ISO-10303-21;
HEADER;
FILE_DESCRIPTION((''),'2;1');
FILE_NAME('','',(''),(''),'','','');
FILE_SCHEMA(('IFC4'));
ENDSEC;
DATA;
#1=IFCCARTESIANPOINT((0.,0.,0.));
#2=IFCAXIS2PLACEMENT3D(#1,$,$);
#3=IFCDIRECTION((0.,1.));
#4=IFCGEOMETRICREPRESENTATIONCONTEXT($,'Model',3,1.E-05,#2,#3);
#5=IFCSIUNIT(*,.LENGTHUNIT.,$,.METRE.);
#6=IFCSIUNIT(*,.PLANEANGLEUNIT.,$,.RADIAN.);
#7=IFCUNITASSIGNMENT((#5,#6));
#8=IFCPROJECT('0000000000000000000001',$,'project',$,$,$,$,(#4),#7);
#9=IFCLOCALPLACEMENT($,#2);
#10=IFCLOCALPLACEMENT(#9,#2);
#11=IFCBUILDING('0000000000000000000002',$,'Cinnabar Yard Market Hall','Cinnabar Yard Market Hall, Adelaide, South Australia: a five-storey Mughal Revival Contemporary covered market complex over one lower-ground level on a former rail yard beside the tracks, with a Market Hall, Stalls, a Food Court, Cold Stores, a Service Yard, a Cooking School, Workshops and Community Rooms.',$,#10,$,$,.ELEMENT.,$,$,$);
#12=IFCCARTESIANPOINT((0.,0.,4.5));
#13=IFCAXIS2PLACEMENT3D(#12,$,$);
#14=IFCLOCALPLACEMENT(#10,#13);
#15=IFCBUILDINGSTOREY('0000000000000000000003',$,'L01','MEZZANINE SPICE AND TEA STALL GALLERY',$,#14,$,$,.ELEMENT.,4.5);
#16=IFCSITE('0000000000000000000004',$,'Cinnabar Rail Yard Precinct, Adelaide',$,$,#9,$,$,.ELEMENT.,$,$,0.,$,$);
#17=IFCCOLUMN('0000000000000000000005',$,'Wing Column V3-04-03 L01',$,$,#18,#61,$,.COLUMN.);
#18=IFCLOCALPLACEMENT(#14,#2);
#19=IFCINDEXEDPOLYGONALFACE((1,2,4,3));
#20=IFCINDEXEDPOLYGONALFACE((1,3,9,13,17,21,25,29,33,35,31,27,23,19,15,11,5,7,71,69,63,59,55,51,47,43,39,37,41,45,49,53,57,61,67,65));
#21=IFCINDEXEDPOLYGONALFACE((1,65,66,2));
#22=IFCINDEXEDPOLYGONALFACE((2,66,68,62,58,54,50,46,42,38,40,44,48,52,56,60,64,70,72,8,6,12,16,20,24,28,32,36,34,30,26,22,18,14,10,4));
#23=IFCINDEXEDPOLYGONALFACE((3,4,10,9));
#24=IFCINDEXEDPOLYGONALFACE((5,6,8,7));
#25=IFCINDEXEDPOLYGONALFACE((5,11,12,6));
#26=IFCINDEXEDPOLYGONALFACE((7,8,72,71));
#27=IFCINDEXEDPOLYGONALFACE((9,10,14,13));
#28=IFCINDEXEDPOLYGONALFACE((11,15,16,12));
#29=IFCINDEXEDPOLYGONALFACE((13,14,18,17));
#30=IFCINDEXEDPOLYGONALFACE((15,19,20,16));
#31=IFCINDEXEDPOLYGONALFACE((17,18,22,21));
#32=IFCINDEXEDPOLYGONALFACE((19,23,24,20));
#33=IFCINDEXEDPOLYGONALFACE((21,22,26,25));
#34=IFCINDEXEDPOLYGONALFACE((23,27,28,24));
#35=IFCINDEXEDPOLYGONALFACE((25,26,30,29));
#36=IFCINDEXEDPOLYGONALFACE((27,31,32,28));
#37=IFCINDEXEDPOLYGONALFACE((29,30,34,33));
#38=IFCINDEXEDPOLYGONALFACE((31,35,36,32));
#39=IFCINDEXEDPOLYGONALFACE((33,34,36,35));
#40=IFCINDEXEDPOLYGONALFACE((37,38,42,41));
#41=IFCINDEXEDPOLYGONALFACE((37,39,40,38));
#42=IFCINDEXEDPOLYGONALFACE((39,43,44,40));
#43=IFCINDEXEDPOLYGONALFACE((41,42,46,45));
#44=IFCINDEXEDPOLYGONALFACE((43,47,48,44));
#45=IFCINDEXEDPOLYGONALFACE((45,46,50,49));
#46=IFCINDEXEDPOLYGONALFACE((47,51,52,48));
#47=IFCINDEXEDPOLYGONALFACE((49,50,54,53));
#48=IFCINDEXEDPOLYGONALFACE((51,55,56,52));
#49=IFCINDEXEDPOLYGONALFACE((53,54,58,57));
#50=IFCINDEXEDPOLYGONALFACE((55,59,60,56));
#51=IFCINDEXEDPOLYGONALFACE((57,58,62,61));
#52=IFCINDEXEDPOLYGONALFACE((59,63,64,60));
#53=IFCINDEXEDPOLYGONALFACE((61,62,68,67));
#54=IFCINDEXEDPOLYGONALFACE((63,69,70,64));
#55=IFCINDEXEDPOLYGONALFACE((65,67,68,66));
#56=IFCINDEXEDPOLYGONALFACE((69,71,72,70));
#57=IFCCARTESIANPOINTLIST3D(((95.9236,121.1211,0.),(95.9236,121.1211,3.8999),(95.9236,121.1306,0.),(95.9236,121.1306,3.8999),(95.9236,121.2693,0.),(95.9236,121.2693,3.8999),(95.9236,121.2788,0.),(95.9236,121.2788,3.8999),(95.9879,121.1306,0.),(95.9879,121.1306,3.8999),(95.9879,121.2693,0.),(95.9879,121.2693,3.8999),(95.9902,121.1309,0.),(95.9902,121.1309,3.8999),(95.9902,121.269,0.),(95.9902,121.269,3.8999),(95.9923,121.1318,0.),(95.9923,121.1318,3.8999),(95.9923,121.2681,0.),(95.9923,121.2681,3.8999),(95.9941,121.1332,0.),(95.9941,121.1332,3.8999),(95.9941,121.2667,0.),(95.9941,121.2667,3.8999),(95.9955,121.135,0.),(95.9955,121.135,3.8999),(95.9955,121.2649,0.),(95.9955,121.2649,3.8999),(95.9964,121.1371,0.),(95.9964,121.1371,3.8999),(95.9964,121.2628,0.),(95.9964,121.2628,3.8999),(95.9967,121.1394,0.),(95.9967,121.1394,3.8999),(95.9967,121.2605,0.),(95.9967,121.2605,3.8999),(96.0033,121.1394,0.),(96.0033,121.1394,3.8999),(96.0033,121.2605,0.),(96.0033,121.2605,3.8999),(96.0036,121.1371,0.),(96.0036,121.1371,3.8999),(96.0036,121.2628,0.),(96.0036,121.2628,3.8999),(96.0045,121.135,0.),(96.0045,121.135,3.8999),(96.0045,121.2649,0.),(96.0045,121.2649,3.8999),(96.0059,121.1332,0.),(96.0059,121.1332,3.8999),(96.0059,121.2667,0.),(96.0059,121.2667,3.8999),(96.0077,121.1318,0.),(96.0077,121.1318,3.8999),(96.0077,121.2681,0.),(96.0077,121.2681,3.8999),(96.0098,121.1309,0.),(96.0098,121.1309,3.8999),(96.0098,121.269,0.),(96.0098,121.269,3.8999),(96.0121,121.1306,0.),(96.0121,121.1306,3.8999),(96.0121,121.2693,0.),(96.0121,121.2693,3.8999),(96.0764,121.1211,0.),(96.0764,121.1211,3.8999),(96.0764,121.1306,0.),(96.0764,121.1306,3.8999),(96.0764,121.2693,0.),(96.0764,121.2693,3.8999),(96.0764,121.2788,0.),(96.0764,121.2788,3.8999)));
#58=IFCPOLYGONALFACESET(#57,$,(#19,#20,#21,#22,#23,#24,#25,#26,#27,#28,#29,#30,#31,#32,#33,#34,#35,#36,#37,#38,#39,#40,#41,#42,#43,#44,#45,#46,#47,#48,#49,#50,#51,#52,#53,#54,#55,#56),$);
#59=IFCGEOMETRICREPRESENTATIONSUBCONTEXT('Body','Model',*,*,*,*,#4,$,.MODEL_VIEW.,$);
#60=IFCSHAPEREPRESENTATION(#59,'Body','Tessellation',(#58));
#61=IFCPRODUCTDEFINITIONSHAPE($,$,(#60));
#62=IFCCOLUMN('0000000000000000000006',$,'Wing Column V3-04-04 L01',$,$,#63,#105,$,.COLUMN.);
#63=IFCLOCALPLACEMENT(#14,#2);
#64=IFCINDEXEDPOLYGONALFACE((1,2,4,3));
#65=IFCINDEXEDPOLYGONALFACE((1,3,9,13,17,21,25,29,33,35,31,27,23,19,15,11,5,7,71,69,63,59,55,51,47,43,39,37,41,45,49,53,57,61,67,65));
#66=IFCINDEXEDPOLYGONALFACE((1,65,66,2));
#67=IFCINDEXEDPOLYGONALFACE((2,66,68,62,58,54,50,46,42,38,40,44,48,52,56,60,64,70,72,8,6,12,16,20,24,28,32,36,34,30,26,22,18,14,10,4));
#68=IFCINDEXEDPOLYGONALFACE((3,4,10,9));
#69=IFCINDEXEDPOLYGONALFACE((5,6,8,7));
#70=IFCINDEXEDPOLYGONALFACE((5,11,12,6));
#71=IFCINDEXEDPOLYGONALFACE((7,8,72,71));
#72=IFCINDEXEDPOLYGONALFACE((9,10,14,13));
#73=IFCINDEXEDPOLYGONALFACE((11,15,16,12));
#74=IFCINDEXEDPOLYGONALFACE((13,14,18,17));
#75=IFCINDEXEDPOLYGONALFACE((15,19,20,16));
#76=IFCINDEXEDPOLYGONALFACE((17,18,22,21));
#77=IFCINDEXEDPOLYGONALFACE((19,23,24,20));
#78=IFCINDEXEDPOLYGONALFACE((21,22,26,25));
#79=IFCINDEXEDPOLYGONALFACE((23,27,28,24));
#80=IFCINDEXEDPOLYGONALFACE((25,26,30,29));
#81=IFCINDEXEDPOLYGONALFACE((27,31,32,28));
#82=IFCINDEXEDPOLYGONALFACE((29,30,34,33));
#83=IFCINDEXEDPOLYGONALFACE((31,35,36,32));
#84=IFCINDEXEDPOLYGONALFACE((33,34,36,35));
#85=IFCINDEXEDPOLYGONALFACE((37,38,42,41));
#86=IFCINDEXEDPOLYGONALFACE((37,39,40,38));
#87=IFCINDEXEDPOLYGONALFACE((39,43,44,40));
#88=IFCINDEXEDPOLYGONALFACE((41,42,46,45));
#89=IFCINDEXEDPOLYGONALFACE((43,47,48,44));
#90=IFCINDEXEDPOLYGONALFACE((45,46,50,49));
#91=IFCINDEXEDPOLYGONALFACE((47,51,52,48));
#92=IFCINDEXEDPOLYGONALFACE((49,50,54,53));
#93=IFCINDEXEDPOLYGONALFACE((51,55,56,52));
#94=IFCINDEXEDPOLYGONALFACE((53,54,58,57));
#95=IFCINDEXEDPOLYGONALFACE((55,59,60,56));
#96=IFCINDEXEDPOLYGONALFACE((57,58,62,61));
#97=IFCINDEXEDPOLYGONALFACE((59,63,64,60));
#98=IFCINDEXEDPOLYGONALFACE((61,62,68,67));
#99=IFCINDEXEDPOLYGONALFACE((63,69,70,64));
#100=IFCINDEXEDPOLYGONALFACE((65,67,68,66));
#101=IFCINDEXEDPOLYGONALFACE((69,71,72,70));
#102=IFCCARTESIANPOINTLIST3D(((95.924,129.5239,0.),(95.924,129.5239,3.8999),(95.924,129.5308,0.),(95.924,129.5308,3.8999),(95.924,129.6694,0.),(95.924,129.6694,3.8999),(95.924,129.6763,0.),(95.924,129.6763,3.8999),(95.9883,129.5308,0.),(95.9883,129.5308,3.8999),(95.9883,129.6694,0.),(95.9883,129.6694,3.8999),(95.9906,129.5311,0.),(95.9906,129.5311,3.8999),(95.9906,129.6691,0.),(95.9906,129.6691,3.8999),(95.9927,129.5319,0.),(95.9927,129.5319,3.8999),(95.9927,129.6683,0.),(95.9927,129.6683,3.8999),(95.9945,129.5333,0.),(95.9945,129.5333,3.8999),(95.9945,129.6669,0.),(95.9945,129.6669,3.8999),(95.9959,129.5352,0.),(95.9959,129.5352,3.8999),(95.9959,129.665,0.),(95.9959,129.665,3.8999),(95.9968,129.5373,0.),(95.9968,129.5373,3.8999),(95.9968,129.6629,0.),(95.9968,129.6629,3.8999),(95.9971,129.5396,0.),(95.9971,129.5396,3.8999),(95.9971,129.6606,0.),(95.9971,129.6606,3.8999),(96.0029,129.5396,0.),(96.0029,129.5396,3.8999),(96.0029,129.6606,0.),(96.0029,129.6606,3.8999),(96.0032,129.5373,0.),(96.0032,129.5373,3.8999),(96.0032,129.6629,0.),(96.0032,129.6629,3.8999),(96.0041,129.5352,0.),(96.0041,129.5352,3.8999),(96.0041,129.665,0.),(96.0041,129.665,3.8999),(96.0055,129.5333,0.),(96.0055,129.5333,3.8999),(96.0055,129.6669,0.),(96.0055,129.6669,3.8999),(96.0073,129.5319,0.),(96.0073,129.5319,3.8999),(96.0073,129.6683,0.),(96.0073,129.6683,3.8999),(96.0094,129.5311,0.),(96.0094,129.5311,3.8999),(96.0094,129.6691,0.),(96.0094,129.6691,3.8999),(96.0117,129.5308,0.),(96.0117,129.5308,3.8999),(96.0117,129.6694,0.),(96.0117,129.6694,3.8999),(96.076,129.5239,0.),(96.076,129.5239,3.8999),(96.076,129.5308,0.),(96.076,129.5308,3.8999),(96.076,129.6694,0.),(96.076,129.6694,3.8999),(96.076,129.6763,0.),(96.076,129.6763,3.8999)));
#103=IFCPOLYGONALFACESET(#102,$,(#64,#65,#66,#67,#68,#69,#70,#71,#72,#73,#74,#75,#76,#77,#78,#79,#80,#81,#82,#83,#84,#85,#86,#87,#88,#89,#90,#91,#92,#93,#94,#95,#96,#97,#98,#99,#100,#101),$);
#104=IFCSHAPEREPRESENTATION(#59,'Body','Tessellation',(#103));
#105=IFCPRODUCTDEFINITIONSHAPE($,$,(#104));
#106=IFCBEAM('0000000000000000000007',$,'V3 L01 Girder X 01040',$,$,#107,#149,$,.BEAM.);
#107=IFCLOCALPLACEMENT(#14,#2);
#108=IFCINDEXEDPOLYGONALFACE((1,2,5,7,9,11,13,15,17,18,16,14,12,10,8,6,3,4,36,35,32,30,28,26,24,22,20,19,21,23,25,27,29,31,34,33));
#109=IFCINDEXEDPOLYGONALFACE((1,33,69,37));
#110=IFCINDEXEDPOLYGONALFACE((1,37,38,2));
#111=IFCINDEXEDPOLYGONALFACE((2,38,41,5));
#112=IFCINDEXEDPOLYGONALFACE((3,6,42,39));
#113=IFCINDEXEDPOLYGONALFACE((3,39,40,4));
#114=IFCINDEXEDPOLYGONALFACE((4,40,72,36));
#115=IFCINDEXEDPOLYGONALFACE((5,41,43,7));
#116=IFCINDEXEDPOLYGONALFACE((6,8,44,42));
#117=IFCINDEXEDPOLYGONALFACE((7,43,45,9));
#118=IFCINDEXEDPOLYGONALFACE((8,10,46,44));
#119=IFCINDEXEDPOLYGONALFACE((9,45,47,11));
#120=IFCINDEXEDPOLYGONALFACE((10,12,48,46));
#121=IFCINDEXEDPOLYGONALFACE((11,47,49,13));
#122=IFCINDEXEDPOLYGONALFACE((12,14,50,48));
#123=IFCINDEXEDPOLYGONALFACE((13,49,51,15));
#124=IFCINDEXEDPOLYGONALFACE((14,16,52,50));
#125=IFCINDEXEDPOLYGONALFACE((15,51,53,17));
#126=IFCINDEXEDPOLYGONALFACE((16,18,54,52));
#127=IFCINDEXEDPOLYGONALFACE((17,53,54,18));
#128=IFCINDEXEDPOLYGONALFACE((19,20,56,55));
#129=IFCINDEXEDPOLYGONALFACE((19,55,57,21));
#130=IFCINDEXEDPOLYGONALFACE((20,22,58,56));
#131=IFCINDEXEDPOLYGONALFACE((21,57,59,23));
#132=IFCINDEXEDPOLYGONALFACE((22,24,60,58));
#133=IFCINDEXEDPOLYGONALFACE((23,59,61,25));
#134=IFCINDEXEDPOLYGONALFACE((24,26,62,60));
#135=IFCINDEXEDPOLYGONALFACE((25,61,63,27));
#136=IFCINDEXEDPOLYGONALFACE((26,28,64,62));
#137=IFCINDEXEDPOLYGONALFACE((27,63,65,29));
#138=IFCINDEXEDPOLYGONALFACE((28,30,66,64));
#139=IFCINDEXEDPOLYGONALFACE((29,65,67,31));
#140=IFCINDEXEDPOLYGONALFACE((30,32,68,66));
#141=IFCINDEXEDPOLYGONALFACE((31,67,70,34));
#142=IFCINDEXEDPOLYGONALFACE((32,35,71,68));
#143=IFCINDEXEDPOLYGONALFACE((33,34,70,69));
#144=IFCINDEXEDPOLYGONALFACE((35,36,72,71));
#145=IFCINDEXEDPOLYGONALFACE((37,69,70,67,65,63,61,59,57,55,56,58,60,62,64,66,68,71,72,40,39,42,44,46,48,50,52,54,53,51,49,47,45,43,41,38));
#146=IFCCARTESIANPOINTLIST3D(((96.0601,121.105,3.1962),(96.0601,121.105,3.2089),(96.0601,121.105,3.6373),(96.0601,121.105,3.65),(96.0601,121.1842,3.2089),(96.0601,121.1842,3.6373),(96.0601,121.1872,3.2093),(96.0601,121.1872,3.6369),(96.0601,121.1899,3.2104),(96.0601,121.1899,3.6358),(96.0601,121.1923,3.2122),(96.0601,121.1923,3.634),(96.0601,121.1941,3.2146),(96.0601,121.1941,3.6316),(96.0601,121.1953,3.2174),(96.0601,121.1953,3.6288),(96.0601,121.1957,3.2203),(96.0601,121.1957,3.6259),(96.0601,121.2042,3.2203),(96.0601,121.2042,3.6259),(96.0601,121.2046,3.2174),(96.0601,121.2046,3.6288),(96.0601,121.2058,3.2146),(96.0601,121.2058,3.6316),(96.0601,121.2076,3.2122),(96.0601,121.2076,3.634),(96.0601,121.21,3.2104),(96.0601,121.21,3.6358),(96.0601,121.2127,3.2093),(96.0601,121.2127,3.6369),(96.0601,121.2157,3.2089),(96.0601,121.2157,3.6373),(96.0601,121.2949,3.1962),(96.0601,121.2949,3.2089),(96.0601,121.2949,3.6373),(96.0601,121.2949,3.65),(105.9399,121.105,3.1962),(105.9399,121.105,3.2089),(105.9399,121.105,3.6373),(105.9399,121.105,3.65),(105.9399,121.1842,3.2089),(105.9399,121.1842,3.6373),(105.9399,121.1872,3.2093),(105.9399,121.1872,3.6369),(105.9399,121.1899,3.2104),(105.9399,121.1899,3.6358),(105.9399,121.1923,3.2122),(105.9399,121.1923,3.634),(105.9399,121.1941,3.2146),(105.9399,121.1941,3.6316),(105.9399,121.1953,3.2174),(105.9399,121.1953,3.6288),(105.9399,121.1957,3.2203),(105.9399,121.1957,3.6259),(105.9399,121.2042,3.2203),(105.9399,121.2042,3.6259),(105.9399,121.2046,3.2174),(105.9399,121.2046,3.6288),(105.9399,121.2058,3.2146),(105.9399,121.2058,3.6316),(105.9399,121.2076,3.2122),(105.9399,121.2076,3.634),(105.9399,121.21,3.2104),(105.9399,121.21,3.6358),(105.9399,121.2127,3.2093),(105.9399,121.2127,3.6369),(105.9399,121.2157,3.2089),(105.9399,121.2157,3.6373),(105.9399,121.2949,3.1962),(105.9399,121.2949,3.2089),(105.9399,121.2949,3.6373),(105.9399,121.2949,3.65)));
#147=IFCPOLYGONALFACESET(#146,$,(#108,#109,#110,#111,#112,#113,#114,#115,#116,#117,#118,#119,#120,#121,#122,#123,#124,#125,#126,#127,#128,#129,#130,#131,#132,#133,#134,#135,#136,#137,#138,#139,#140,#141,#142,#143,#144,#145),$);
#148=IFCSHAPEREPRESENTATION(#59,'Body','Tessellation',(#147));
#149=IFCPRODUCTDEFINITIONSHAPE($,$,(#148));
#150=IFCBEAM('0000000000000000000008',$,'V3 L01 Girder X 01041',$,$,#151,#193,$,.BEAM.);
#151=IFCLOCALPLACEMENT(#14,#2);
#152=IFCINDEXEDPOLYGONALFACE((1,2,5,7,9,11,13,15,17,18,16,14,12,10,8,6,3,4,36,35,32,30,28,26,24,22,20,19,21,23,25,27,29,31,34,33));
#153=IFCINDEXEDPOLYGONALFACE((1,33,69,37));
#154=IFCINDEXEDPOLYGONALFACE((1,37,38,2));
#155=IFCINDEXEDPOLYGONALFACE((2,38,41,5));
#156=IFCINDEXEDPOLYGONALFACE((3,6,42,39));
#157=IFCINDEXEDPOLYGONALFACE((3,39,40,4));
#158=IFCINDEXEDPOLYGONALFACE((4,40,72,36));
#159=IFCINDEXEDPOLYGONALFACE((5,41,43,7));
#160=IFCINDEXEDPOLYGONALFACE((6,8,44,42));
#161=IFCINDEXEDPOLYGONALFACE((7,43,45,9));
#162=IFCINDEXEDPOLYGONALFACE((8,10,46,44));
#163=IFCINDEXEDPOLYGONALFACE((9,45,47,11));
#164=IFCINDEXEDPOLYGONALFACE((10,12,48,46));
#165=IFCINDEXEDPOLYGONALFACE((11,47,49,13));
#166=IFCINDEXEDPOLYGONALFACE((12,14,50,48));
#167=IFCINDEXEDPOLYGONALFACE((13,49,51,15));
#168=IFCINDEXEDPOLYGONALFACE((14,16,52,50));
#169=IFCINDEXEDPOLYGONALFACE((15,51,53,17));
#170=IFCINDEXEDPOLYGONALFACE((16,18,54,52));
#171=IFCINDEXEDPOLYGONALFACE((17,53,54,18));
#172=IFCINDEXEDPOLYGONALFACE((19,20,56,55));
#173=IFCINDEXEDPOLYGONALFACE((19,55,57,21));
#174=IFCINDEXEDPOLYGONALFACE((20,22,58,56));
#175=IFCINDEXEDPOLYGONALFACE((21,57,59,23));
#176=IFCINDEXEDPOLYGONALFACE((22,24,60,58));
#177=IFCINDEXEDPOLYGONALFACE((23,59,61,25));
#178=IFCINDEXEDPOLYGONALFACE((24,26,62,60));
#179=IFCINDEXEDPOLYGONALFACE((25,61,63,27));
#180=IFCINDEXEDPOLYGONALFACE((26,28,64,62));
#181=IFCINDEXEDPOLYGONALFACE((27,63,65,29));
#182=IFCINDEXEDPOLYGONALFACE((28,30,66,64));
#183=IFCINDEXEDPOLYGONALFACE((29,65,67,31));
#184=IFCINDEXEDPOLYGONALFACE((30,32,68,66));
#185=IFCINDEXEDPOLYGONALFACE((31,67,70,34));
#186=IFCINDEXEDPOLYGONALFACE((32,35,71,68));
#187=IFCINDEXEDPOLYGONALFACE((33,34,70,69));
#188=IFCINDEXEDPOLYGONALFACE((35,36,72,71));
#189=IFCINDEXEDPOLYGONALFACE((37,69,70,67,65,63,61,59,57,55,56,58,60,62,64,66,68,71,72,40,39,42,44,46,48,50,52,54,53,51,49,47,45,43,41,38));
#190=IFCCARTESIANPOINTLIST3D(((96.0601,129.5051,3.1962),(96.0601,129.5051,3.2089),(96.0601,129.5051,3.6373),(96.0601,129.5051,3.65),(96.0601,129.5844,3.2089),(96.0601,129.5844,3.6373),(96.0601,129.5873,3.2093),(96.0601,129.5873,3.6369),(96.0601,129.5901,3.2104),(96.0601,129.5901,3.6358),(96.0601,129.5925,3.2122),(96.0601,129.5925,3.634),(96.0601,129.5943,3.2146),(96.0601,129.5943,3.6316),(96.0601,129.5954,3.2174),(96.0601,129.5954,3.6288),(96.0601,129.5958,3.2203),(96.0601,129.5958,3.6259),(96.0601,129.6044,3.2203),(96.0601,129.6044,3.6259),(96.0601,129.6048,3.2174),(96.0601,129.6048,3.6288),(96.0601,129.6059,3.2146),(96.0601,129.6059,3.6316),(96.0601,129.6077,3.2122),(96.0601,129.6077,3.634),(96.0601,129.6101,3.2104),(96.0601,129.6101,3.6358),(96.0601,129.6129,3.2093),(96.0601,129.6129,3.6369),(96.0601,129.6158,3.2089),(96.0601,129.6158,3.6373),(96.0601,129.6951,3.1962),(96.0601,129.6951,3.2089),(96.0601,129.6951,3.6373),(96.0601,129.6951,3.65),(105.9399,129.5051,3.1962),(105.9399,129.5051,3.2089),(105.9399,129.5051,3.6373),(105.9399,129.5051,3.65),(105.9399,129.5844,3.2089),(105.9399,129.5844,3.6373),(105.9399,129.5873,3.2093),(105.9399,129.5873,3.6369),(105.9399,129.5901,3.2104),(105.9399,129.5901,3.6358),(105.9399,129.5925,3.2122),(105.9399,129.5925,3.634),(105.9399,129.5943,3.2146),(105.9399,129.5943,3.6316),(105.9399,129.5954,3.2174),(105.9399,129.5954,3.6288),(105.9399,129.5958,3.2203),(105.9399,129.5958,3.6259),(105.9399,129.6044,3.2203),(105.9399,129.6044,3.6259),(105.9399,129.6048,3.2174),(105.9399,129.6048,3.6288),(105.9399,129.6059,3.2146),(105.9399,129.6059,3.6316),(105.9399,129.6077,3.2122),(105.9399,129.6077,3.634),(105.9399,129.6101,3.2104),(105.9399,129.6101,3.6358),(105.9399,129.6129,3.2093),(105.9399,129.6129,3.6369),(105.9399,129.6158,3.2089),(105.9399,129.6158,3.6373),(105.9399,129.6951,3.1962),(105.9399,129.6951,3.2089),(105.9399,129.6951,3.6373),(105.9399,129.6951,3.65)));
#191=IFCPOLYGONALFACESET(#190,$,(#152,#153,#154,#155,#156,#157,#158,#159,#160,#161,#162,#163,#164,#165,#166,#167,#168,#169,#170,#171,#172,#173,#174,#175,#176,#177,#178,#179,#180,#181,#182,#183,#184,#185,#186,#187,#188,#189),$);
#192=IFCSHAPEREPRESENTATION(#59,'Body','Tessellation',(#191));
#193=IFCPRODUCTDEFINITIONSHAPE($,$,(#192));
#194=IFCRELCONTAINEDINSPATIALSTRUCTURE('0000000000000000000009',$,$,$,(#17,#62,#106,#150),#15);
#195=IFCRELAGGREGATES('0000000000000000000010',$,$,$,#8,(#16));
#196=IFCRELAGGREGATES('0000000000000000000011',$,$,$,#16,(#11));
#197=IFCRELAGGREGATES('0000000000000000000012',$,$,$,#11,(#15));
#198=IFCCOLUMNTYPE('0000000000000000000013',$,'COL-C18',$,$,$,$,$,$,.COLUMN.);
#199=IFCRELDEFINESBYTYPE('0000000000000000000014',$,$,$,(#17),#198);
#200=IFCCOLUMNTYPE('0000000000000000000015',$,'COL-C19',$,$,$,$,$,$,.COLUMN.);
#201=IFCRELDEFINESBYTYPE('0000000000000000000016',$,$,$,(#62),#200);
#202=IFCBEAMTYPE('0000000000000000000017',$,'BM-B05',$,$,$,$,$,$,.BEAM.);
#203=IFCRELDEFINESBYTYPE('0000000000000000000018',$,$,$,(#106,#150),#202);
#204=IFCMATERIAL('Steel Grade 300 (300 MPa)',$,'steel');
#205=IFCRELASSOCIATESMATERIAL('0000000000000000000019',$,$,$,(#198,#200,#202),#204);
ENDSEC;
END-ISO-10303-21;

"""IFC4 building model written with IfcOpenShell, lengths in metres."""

from ifc_helpers import new_model, si_unit, direction, frame, origin, origin_2d_with_axis, place, context, subcontext, project, spatial, i_section, extrude, material, material_profile, profile_set, type_object, element, save


model = new_model("IFC4")

# Units and contexts
model_context = context("Model", 3, precision=1e-05, world=origin(), true_north=direction((0.0, 1.0)))
body_context = subcontext(model_context, "Body", "Model", "MODEL_VIEW")
ifc_project = project(units=[si_unit("LENGTHUNIT", "METRE"), si_unit("PLANEANGLEUNIT", "RADIAN")], contexts=[model_context])

# Site, building, storey
site_placement = place(None, origin())
site = spatial("IfcSite", under=ifc_project, at=site_placement, Name="Cinnabar Rail Yard Precinct, Adelaide", CompositionType="ELEMENT", RefElevation=0.0)
building_placement = place(site_placement, origin())
building = spatial("IfcBuilding", under=site, at=building_placement, Name="Cinnabar Yard Market Hall", Description="Cinnabar Yard Market Hall, Adelaide, South Australia: a five-storey Mughal Revival Contemporary covered market complex over one lower-ground level on a former rail yard beside the tracks, with a Market Hall, Stalls, a Food Court, Cold Stores, a Service Yard, a Cooking School, Workshops and Community Rooms.", CompositionType="ELEMENT")
storey_placement = place(building_placement, frame((0.0, 0.0, 4.5)))
storey = spatial("IfcBuildingStorey", under=building, at=storey_placement, Name="L01", Description="MEZZANINE SPICE AND TEA STALL GALLERY", CompositionType="ELEMENT", Elevation=4.5)

# Columns
ifc_material_1 = material(Name="Steel Grade 300 (300 MPa)", Category="steel")
ifc_material_profile_1 = material_profile(ifc_material_1, i_section(OverallWidth=0.1528, OverallDepth=0.1577, WebThickness=0.0066, FlangeThickness=0.0095, FilletRadius=0.0088, at=origin_2d_with_axis()), Name="150UC30.0")
ifc_profile_set_1 = profile_set([ifc_material_profile_1], Name="Steel Grade 300 (300 MPa)")
column_type_1 = type_object("IfcColumnType", Name="COL-C18", PredefinedType="COLUMN", material=ifc_profile_set_1)
column_1_placement = place(storey_placement, frame((96.0, 121.2, 0.0), z_axis=(0.0, 0.0, 1.0), x_axis=(1.0, 0.0, 0.0)))
element("IfcColumn", 1, at=column_1_placement, inside=storey, type_object=column_type_1, Name="Wing Column V3-04-03 L01", PredefinedType="COLUMN", context=body_context, shape_type="SweptSolid", body=[
    extrude(i_section(OverallWidth=0.1528, OverallDepth=0.1577, WebThickness=0.0066, FlangeThickness=0.0095, FilletRadius=0.0088, at=origin_2d_with_axis()), origin(), (0.0, 0.0, 1.0), 3.8999),
])
ifc_material_profile_2 = material_profile(ifc_material_1, i_section(OverallWidth=0.1521, OverallDepth=0.1523, WebThickness=0.0059, FlangeThickness=0.0068, FilletRadius=0.0088, at=origin_2d_with_axis()), Name="150UC23.4")
ifc_profile_set_2 = profile_set([ifc_material_profile_2], Name="Steel Grade 300 (300 MPa)")
column_type_2 = type_object("IfcColumnType", Name="COL-C19", PredefinedType="COLUMN", material=ifc_profile_set_2)
column_2_placement = place(storey_placement, frame((96.0, 129.6001, 0.0), z_axis=(0.0, 0.0, 1.0), x_axis=(1.0, 0.0, 0.0)))
element("IfcColumn", 2, at=column_2_placement, inside=storey, type_object=column_type_2, Name="Wing Column V3-04-04 L01", PredefinedType="COLUMN", context=body_context, shape_type="SweptSolid", body=[
    extrude(i_section(OverallWidth=0.1521, OverallDepth=0.1523, WebThickness=0.0059, FlangeThickness=0.0068, FilletRadius=0.0088, at=origin_2d_with_axis()), origin(), (0.0, 0.0, 1.0), 3.8999),
])

# Beams
ifc_material_profile_3 = material_profile(ifc_material_1, i_section(OverallWidth=0.1899, OverallDepth=0.4539, WebThickness=0.0085, FlangeThickness=0.0127, FilletRadius=0.0115, at=origin_2d_with_axis()), Name="460UB67.1")
ifc_profile_set_3 = profile_set([ifc_material_profile_3], Name="Steel Grade 300 (300 MPa)")
beam_type_1 = type_object("IfcBeamType", Name="BM-B05", PredefinedType="BEAM", material=ifc_profile_set_3)
for number, where, z_axis, x_axis, name in (
    (3, (96.0601, 121.2, 3.4231), (1.0, 0.0, 0.0), (0.0, 1.0, 0.0), "V3 L01 Girder X 01040"),
    (4, (96.0601, 129.6001, 3.4231), (1.0, 0.0, 0.0), (0.0, 1.0, 0.0), "V3 L01 Girder X 01041"),
):
    element("IfcBeam", number, at=place(storey_placement, frame(where, z_axis=z_axis, x_axis=x_axis)), inside=storey, type_object=beam_type_1, Name=name, PredefinedType="BEAM", context=body_context, shape_type="SweptSolid", body=[
        extrude(i_section(OverallWidth=0.1899, OverallDepth=0.4539, WebThickness=0.0085, FlangeThickness=0.0127, FilletRadius=0.0115, at=origin_2d_with_axis()), origin(), (0.0, 0.0, 1.0), 9.8799),
    ])

save(model, "model.ifc")
